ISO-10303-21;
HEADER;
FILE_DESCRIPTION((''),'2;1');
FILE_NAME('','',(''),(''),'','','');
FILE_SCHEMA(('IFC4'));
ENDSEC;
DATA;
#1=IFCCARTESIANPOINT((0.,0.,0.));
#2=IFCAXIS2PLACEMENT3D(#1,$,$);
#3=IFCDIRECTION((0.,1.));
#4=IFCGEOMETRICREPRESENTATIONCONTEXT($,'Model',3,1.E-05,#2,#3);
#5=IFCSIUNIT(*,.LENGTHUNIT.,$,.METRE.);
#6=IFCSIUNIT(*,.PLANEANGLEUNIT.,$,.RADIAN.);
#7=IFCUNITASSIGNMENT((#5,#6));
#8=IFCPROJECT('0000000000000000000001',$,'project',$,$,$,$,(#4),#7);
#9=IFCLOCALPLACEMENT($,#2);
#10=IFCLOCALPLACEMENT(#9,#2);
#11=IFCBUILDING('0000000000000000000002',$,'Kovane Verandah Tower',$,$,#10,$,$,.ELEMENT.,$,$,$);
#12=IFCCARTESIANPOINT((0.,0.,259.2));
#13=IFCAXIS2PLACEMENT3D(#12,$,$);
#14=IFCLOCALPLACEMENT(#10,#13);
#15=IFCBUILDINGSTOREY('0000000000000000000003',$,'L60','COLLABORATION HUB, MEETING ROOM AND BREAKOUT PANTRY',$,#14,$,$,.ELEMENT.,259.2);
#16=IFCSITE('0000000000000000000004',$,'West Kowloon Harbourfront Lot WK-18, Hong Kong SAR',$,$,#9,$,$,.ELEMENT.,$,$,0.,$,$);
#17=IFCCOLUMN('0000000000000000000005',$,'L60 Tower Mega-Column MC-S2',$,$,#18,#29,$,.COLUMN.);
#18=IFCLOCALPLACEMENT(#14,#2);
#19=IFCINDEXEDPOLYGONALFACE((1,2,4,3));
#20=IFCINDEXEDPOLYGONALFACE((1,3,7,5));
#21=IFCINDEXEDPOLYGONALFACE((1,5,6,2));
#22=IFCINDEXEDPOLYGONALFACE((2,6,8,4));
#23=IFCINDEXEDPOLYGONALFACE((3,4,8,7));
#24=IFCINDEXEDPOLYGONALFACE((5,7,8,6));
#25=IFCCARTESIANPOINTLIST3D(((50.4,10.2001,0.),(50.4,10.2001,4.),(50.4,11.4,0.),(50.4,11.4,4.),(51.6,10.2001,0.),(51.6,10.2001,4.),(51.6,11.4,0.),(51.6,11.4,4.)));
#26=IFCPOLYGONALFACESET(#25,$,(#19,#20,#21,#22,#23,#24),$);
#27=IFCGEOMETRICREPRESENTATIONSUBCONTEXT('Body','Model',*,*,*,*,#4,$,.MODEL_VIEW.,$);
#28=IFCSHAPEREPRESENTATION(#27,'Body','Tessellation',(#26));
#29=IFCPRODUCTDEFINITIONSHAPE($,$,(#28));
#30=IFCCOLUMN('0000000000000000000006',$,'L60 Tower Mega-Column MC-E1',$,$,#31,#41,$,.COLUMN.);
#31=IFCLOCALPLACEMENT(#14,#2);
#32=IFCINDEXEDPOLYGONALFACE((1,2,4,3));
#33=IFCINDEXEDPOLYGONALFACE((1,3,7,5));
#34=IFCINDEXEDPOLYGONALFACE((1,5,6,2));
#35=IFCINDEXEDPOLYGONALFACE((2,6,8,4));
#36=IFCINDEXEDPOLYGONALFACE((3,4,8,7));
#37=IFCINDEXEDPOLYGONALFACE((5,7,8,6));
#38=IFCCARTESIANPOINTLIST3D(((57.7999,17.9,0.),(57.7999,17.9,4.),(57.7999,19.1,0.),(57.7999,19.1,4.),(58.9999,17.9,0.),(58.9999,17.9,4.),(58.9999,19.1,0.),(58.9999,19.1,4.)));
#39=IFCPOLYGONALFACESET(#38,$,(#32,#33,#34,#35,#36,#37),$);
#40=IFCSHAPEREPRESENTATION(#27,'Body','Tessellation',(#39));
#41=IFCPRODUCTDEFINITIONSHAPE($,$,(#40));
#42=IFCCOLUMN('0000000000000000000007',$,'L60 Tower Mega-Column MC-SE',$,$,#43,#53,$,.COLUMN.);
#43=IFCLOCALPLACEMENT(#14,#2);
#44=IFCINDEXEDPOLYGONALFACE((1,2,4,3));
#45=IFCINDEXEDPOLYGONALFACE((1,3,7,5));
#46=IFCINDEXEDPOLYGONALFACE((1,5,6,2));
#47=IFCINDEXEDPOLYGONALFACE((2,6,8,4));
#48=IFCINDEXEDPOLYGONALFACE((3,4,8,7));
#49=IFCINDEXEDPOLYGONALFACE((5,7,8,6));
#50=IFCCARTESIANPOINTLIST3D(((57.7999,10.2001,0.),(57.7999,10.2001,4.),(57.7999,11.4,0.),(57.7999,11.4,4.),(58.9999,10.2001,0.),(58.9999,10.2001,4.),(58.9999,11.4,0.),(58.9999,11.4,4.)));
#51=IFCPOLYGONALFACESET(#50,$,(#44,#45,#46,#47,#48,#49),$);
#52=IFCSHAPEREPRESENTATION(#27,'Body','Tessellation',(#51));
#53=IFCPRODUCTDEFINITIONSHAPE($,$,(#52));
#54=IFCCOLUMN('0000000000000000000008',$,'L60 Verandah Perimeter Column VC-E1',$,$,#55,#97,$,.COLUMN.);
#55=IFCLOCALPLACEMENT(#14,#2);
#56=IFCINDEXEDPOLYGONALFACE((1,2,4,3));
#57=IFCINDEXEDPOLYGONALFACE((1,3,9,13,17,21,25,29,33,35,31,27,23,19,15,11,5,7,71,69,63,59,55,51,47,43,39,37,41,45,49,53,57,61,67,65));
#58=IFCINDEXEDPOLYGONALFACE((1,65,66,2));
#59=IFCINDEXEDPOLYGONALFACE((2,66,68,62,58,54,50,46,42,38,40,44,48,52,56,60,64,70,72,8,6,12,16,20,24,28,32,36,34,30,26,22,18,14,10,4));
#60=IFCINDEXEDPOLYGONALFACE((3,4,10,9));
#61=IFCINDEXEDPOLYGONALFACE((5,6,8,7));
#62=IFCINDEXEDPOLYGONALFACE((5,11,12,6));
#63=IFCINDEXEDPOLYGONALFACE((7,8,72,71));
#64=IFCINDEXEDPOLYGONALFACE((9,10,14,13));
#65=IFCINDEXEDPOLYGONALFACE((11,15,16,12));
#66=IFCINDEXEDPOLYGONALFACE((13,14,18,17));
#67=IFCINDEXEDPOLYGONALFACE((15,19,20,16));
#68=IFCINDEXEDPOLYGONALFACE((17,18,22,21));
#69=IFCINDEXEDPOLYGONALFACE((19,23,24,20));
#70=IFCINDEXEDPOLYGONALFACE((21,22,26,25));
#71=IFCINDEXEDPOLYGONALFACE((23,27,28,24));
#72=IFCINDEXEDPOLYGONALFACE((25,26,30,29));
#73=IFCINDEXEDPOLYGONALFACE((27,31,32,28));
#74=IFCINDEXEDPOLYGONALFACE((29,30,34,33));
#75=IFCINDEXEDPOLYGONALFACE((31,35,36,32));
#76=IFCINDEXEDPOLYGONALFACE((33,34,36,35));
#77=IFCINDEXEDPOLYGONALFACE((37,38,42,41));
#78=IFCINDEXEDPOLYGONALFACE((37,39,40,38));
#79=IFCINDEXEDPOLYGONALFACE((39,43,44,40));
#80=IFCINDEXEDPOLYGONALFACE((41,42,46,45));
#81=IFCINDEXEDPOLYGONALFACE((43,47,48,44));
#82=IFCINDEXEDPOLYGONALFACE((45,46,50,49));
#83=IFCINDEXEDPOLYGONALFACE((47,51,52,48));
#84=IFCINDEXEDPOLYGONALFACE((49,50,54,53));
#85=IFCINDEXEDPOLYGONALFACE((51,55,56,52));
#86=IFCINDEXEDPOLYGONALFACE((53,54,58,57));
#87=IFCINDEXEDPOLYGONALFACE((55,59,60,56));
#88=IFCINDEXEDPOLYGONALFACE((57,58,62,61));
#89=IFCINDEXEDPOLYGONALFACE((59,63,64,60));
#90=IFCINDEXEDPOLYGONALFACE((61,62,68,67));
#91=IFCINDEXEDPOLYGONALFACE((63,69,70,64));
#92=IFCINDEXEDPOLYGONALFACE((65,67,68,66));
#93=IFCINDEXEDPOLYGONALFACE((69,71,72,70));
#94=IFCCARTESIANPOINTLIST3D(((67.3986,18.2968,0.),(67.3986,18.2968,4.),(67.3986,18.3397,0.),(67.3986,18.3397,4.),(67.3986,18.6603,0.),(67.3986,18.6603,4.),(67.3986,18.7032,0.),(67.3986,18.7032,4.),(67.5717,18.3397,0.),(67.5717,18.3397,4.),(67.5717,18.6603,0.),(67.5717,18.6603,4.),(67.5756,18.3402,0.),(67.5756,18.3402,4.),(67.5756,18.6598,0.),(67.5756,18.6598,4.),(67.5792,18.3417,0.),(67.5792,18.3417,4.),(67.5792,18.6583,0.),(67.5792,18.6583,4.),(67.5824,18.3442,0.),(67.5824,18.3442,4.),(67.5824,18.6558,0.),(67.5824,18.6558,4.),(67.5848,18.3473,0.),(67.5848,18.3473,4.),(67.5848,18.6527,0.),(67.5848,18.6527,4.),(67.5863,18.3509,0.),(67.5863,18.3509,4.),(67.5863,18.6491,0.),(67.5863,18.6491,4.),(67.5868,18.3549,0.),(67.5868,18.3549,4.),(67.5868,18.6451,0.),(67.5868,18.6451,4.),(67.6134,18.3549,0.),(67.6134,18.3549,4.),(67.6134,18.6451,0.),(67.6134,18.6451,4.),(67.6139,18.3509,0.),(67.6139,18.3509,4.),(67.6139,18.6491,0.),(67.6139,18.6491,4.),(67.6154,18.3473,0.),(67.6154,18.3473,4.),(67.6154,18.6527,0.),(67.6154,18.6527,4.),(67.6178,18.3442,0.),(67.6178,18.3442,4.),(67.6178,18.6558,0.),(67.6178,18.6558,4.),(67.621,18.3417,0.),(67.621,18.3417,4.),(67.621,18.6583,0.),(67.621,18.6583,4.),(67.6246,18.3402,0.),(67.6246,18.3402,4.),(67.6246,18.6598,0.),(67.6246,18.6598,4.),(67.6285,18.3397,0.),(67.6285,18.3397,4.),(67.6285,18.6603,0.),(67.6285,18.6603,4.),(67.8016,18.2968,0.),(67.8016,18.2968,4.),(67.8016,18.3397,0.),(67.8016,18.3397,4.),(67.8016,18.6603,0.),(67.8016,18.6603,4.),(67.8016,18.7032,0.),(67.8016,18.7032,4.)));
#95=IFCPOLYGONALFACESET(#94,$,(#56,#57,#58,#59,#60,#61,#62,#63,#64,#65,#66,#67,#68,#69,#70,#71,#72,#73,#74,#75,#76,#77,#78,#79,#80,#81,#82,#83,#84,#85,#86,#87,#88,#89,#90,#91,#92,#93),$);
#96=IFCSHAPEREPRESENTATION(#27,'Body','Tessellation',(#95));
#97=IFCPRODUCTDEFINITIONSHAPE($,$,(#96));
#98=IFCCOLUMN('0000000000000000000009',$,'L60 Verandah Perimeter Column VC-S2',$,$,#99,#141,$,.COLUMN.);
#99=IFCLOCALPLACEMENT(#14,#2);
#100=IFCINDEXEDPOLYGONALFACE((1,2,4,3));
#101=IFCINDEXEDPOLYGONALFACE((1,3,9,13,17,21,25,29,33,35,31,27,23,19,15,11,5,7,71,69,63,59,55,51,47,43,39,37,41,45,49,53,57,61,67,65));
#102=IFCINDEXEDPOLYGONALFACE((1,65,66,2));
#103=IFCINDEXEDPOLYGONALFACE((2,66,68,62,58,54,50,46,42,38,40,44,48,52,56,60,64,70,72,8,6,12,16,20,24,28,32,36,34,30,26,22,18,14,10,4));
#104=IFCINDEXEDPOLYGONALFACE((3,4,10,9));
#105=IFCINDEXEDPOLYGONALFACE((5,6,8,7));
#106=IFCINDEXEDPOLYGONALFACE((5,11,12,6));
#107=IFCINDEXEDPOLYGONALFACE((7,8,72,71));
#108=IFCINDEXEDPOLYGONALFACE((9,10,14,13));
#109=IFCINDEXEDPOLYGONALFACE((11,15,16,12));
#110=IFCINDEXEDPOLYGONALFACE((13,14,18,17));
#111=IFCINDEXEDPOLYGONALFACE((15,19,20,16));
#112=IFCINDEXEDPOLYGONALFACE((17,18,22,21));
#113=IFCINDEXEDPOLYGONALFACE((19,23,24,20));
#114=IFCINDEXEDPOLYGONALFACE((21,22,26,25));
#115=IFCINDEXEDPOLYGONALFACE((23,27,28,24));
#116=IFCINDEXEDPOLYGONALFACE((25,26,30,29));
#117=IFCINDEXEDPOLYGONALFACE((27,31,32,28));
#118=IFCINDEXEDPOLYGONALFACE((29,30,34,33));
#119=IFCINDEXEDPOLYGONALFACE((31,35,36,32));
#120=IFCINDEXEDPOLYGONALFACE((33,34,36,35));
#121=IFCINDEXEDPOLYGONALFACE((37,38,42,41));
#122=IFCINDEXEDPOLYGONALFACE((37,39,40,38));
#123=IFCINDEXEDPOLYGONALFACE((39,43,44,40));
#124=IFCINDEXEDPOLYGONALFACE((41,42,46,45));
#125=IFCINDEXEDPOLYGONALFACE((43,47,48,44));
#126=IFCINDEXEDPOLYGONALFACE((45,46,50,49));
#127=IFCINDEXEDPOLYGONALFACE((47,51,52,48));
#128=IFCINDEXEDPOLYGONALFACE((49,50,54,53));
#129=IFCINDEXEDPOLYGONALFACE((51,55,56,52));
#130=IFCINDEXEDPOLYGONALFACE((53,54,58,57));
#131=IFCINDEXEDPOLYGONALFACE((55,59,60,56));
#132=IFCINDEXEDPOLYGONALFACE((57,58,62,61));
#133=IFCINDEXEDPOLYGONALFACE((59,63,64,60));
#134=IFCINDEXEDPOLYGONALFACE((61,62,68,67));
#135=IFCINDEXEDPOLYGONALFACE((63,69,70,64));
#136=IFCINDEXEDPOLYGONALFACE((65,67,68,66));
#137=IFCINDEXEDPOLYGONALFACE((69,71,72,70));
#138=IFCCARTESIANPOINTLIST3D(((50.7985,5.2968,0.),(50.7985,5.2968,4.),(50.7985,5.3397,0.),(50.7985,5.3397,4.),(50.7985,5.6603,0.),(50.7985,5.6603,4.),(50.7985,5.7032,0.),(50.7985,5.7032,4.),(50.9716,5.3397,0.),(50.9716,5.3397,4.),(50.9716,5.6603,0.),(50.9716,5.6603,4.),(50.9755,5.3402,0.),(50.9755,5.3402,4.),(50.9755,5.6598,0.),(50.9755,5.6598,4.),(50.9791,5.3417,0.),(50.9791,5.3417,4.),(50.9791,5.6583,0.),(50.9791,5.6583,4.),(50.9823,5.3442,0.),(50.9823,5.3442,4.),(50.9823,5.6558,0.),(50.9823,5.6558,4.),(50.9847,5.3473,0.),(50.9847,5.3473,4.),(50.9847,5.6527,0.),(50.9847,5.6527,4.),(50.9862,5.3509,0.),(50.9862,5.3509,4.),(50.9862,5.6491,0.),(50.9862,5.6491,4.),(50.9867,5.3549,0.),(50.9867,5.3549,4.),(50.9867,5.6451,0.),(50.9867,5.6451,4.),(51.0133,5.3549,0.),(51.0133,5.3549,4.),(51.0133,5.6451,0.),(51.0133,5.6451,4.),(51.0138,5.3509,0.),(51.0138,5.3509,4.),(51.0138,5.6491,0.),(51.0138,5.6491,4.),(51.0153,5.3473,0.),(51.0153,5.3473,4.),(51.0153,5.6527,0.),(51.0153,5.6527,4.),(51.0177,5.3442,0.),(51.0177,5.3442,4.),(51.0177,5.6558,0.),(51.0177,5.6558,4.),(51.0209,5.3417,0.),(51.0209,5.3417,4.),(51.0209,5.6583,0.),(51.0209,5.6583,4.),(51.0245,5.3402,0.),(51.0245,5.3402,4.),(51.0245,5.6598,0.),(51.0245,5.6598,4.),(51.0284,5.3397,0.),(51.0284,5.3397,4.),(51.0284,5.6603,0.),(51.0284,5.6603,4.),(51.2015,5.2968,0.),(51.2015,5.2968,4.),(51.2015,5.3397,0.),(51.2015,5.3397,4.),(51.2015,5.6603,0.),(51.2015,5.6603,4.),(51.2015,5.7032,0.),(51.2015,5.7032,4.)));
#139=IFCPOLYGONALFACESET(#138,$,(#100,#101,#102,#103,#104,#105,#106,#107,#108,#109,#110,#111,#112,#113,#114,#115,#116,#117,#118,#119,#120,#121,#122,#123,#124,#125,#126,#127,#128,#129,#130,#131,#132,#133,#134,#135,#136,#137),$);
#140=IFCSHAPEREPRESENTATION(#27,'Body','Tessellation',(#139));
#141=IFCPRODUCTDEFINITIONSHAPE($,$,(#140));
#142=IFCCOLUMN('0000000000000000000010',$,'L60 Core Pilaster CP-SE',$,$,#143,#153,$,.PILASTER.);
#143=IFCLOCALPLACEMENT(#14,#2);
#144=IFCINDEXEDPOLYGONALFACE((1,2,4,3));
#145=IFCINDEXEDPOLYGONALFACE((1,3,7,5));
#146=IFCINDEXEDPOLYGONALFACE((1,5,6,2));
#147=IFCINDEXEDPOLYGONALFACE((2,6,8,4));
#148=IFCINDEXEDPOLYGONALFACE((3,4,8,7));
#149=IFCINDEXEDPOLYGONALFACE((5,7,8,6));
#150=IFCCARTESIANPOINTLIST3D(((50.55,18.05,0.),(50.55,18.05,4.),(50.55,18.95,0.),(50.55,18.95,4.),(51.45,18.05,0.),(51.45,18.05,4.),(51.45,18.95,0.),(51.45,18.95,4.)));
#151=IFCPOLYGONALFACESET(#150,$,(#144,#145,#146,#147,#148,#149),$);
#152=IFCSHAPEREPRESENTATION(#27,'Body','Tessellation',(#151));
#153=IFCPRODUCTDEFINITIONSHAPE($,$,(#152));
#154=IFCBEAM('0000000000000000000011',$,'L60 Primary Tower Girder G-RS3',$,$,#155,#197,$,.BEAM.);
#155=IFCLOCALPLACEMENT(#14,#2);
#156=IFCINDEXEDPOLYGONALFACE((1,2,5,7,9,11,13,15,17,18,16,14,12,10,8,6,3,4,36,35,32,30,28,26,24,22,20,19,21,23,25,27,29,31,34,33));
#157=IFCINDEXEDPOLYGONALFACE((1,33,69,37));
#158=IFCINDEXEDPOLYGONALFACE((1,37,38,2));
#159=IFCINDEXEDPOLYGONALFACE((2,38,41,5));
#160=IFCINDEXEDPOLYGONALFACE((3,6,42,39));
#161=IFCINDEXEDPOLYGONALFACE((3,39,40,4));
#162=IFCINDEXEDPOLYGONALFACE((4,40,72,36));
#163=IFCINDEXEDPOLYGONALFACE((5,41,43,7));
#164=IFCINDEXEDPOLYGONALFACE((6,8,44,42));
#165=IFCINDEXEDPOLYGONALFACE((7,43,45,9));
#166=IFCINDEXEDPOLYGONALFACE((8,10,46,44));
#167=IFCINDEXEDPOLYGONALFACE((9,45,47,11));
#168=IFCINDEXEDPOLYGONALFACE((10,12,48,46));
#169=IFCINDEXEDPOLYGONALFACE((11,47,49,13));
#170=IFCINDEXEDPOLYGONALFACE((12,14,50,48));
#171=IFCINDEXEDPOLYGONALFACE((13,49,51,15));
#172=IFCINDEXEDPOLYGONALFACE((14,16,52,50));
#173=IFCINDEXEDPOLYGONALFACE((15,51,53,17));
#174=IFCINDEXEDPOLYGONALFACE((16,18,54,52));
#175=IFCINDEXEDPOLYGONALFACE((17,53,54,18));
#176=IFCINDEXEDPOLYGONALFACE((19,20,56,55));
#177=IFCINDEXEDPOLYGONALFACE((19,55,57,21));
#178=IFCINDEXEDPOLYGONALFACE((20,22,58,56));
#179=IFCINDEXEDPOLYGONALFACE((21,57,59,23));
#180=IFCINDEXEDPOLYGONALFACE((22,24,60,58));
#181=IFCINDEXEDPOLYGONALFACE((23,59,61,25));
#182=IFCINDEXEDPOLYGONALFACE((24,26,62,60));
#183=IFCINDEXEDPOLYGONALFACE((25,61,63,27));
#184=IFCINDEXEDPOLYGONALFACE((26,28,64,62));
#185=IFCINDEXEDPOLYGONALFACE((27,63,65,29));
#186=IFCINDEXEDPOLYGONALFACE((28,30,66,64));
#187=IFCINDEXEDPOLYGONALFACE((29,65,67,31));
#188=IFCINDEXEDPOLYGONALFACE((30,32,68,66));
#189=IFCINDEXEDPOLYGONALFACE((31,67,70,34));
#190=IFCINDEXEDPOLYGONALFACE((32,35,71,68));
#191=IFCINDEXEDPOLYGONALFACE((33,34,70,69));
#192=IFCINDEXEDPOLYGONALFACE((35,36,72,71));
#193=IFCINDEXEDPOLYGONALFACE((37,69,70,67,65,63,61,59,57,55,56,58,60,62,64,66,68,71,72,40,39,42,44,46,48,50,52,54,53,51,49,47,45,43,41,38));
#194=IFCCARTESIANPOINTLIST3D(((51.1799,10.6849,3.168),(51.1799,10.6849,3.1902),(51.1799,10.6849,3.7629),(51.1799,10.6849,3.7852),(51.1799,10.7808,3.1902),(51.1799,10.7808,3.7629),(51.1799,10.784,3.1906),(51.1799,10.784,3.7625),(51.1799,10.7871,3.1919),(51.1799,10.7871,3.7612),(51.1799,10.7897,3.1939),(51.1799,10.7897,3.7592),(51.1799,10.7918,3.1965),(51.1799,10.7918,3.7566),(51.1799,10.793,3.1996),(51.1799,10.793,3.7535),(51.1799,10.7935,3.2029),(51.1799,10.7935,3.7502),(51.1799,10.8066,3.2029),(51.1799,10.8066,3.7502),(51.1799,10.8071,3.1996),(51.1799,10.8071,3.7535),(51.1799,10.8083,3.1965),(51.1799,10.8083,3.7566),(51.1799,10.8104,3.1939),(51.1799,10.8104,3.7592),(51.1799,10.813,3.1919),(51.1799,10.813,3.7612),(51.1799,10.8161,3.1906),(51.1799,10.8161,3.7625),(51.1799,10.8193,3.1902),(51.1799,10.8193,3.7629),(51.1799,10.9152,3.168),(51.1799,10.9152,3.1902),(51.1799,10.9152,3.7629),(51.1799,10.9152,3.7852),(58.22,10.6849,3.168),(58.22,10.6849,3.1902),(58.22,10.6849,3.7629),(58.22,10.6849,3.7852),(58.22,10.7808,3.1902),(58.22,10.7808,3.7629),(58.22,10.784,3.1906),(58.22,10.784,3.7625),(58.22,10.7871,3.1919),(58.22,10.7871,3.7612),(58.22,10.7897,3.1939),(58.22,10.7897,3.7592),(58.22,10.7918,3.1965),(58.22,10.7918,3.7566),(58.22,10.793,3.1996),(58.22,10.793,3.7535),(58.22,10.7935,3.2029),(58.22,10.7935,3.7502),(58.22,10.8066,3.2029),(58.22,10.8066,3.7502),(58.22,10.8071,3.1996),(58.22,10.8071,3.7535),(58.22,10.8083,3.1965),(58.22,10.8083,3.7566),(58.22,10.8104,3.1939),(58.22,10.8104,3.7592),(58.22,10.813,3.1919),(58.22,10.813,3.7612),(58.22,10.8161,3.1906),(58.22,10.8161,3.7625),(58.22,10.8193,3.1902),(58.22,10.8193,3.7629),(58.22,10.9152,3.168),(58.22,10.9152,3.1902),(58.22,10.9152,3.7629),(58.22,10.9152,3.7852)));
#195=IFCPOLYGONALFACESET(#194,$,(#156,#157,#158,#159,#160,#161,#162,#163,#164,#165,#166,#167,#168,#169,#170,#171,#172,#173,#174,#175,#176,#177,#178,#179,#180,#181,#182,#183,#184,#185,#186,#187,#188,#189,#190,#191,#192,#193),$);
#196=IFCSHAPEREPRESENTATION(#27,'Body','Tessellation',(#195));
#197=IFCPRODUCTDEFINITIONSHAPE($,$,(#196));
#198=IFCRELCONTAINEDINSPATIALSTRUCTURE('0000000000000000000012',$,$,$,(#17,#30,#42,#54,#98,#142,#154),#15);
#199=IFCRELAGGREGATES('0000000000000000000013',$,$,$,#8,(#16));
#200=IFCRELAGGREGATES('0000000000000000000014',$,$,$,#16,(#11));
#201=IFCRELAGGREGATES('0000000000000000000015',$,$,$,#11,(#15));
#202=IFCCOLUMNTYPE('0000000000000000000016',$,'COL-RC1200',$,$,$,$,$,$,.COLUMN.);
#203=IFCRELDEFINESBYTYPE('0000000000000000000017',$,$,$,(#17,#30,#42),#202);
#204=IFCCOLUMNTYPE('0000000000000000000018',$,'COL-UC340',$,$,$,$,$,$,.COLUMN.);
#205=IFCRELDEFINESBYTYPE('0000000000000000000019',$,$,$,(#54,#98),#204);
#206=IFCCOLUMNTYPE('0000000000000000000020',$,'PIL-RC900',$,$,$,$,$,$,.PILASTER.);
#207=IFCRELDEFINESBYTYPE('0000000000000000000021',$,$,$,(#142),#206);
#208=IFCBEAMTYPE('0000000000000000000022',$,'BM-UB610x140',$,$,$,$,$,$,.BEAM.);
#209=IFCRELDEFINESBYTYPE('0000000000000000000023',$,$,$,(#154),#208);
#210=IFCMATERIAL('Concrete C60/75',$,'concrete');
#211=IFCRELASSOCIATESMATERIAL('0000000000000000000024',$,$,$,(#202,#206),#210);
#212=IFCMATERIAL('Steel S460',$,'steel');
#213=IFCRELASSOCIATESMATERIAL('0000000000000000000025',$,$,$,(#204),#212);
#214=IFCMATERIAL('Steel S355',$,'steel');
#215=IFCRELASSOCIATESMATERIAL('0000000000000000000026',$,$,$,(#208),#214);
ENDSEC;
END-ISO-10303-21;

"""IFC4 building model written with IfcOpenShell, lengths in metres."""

from ifc_helpers import new_model, si_unit, direction, frame, origin, origin_2d, place, context, subcontext, project, spatial, rectangle, i_section, extrude, material, material_profile, profile_set, type_object, element, save


model = new_model("IFC4")

# Units and contexts
model_context = context("Model", 3, precision=1e-05, world=origin(), true_north=direction((0.0, 1.0)))
body_context = subcontext(model_context, "Body", "Model", "MODEL_VIEW")
ifc_project = project(units=[si_unit("LENGTHUNIT", "METRE"), si_unit("PLANEANGLEUNIT", "RADIAN")], contexts=[model_context])

# Site, building, storey
site_placement = place(None, origin())
site = spatial("IfcSite", under=ifc_project, at=site_placement, Name="West Kowloon Harbourfront Lot WK-18, Hong Kong SAR", CompositionType="ELEMENT", RefElevation=0.0)
building_placement = place(site_placement, origin())
building = spatial("IfcBuilding", under=site, at=building_placement, Name="Kovane Verandah Tower", CompositionType="ELEMENT")
storey_placement = place(building_placement, frame((0.0, 0.0, 259.2)))
storey = spatial("IfcBuildingStorey", under=building, at=storey_placement, Name="L60", Description="COLLABORATION HUB, MEETING ROOM AND BREAKOUT PANTRY", CompositionType="ELEMENT", Elevation=259.2)

# Columns
ifc_material_1 = material(Name="Concrete C60/75", Category="concrete")
ifc_material_profile_1 = material_profile(ifc_material_1, rectangle(XDim=1.2, YDim=1.2, at=origin_2d()), Name="RC1200x1200")
ifc_profile_set_1 = profile_set([ifc_material_profile_1], Name="Concrete C60/75")
column_type_1 = type_object("IfcColumnType", Name="COL-RC1200", PredefinedType="COLUMN", material=ifc_profile_set_1)
for number, where, z_axis, x_axis, name in (
    (1, (51.0, 10.8, 0.0), (0.0, 0.0, 1.0), (1.0, 0.0, 0.0), "L60 Tower Mega-Column MC-S2"),
    (2, (58.3999, 18.5, 0.0), (0.0, 0.0, 1.0), (1.0, 0.0, 0.0), "L60 Tower Mega-Column MC-E1"),
    (3, (58.3999, 10.8, 0.0), (0.0, 0.0, 1.0), (1.0, 0.0, 0.0), "L60 Tower Mega-Column MC-SE"),
):
    element("IfcColumn", number, at=place(storey_placement, frame(where, z_axis=z_axis, x_axis=x_axis)), inside=storey, type_object=column_type_1, Name=name, PredefinedType="COLUMN", context=body_context, shape_type="SweptSolid", body=[
        extrude(rectangle(XDim=1.2, YDim=1.2, at=origin_2d()), origin(), (0.0, 0.0, 1.0), 4.0),
    ])
ifc_material_2 = material(Name="Steel S460", Category="steel")
ifc_material_profile_2 = material_profile(ifc_material_2, i_section(OverallWidth=0.4031, OverallDepth=0.4065, WebThickness=0.0266, FlangeThickness=0.043, FilletRadius=0.0151, at=origin_2d()), Name="UC356x406x340")
ifc_profile_set_2 = profile_set([ifc_material_profile_2], Name="Steel S460")
column_type_2 = type_object("IfcColumnType", Name="COL-UC340", PredefinedType="COLUMN", material=ifc_profile_set_2)
for number, where, z_axis, x_axis, name in (
    (4, (67.6001, 18.5, 0.0), (0.0, 0.0, 1.0), (1.0, 0.0, 0.0), "L60 Verandah Perimeter Column VC-E1"),
    (5, (51.0, 5.5, 0.0), (0.0, 0.0, 1.0), (1.0, 0.0, 0.0), "L60 Verandah Perimeter Column VC-S2"),
):
    element("IfcColumn", number, at=place(storey_placement, frame(where, z_axis=z_axis, x_axis=x_axis)), inside=storey, type_object=column_type_2, Name=name, PredefinedType="COLUMN", context=body_context, shape_type="SweptSolid", body=[
        extrude(i_section(OverallWidth=0.4031, OverallDepth=0.4065, WebThickness=0.0266, FlangeThickness=0.043, FilletRadius=0.0151, at=origin_2d()), origin(), (0.0, 0.0, 1.0), 4.0),
    ])
ifc_material_profile_3 = material_profile(ifc_material_1, rectangle(XDim=0.8999, YDim=0.8999, at=origin_2d()), Name="RC900x900")
ifc_profile_set_3 = profile_set([ifc_material_profile_3], Name="Concrete C60/75")
column_type_3 = type_object("IfcColumnType", Name="PIL-RC900", PredefinedType="PILASTER", material=ifc_profile_set_3)
column_placement = place(storey_placement, frame((51.0, 18.5, 0.0), z_axis=(0.0, 0.0, 1.0), x_axis=(1.0, 0.0, 0.0)))
element("IfcColumn", 6, at=column_placement, inside=storey, type_object=column_type_3, Name="L60 Core Pilaster CP-SE", PredefinedType="PILASTER", context=body_context, shape_type="SweptSolid", body=[
    extrude(rectangle(XDim=0.8999, YDim=0.8999, at=origin_2d()), origin(), (0.0, 0.0, 1.0), 4.0),
])

# Beam
ifc_material_3 = material(Name="Steel S355", Category="steel")
ifc_material_profile_4 = material_profile(ifc_material_3, i_section(OverallWidth=0.2302, OverallDepth=0.6172, WebThickness=0.0132, FlangeThickness=0.0222, FilletRadius=0.0127, at=origin_2d()), Name="UB610x229x140")
ifc_profile_set_4 = profile_set([ifc_material_profile_4], Name="Steel S355")
beam_type_1 = type_object("IfcBeamType", Name="BM-UB610x140", PredefinedType="BEAM", material=ifc_profile_set_4)
beam_1_placement = place(storey_placement, frame((51.1799, 10.8, 3.4766), z_axis=(1.0, 0.0, 0.0), x_axis=(0.0, 1.0, 0.0)))
element("IfcBeam", 7, at=beam_1_placement, inside=storey, type_object=beam_type_1, Name="L60 Primary Tower Girder G-RS3", PredefinedType="BEAM", context=body_context, shape_type="SweptSolid", body=[
    extrude(i_section(OverallWidth=0.2302, OverallDepth=0.6172, WebThickness=0.0132, FlangeThickness=0.0222, FilletRadius=0.0127, at=origin_2d()), origin(), (0.0, 0.0, 1.0), 7.04),
])

save(model, "model.ifc")
